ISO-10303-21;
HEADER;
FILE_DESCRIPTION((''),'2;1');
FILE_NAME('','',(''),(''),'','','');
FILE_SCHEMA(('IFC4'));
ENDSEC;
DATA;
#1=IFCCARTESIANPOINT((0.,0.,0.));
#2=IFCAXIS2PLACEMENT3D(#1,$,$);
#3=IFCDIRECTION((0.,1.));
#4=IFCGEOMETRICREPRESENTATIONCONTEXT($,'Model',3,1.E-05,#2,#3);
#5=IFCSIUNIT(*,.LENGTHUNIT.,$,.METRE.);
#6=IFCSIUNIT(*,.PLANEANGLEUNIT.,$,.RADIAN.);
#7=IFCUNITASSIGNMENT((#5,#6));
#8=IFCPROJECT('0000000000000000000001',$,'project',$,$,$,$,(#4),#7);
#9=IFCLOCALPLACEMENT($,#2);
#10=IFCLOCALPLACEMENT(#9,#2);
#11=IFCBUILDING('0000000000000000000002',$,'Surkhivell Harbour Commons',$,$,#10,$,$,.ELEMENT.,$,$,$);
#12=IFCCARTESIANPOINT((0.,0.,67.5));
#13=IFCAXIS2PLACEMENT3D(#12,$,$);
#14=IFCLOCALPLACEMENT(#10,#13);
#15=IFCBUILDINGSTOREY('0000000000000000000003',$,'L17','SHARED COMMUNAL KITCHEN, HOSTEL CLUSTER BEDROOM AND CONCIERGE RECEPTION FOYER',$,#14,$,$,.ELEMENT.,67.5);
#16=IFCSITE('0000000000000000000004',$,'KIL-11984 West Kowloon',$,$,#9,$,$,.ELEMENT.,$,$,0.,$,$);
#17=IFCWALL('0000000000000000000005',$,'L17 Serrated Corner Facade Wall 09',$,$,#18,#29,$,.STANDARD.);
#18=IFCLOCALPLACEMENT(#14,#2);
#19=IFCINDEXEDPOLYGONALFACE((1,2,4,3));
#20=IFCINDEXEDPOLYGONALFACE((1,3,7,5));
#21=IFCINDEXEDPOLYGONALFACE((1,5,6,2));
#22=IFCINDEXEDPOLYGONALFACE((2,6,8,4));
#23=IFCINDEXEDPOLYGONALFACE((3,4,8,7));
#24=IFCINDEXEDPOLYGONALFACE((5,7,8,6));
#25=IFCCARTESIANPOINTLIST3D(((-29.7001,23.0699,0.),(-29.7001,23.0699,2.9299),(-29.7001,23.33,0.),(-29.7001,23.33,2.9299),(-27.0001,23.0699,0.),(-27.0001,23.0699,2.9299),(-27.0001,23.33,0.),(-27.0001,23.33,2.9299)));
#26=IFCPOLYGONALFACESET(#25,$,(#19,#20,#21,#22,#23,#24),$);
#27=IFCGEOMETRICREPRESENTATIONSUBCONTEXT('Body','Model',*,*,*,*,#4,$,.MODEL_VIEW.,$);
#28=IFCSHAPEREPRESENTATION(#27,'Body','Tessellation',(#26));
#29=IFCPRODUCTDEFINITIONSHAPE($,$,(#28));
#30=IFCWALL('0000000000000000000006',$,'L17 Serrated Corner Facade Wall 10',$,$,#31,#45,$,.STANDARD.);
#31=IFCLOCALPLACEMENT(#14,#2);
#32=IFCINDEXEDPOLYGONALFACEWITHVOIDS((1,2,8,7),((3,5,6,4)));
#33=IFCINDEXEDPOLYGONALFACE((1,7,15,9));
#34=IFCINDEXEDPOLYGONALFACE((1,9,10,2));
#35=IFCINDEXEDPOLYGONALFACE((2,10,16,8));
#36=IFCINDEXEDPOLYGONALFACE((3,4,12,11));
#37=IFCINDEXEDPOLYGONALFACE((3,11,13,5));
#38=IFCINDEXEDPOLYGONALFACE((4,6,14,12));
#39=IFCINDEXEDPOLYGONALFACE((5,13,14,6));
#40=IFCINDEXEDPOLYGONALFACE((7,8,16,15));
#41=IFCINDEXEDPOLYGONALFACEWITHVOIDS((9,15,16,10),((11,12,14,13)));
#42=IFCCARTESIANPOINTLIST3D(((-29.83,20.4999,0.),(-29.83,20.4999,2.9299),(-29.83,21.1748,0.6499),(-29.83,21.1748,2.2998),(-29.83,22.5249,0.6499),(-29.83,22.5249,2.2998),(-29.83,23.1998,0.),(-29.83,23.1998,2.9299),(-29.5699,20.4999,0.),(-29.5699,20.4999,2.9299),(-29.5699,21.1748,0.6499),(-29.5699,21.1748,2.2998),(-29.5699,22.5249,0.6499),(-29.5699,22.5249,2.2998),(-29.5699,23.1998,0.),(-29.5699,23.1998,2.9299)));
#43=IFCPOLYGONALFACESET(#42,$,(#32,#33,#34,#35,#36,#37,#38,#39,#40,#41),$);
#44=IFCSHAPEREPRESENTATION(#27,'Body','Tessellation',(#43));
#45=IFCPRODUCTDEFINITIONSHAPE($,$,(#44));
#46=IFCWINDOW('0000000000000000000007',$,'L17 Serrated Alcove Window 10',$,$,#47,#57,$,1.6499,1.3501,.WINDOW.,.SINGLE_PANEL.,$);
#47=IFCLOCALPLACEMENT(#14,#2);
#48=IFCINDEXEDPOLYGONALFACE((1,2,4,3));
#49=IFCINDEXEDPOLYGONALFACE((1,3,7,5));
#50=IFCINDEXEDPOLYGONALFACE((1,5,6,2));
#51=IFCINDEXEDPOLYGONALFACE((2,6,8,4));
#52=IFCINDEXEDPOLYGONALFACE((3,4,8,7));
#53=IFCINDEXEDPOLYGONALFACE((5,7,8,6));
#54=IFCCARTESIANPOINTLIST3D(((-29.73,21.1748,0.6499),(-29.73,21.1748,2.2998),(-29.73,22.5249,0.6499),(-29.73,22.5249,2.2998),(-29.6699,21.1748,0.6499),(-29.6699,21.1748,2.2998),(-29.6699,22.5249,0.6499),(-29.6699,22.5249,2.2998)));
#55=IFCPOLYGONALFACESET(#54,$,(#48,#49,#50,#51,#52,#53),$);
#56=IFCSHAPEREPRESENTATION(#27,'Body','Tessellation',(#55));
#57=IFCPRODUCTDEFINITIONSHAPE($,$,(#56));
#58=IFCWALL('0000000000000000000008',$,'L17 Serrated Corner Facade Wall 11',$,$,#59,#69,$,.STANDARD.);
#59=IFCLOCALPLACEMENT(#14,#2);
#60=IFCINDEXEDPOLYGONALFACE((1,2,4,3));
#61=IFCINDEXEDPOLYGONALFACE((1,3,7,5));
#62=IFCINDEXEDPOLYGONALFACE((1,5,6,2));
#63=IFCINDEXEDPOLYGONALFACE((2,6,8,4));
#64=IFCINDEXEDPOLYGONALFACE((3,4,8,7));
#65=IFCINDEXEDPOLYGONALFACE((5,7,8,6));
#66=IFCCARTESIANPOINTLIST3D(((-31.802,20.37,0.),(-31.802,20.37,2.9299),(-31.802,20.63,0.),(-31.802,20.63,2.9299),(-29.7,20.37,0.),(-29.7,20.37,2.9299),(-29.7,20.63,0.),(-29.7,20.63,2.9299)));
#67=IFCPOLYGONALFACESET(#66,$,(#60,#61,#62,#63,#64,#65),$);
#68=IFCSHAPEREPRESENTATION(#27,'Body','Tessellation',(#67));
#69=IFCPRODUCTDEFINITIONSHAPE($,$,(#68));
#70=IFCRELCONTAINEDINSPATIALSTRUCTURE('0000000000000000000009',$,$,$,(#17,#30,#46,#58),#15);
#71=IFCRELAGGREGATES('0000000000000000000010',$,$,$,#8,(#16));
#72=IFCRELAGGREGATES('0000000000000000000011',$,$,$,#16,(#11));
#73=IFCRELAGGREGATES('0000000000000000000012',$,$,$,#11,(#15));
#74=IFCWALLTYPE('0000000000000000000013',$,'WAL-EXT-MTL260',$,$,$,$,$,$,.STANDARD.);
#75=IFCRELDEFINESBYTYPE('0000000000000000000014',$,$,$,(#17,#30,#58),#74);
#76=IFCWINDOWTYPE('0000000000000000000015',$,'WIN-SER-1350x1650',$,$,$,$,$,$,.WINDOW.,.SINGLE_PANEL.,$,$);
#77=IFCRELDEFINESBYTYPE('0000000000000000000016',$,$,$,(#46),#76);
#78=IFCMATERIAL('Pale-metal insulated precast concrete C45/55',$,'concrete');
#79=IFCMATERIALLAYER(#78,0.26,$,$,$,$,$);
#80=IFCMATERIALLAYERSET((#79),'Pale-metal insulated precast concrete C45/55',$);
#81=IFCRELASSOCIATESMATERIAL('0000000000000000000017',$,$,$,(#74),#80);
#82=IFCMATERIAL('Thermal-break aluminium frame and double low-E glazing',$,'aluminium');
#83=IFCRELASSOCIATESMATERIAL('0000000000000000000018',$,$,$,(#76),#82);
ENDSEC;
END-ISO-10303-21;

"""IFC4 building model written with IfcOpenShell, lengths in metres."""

from ifc_helpers import new_model, si_unit, direction, frame, frame_2d, origin, place, context, subcontext, project, spatial, rectangle, extrude, material, layer, layer_set, type_object, element, fill, save


model = new_model("IFC4")

# Units and contexts
model_context = context("Model", 3, precision=1e-05, world=origin(), true_north=direction((0.0, 1.0)))
body_context = subcontext(model_context, "Body", "Model", "MODEL_VIEW")
ifc_project = project(units=[si_unit("LENGTHUNIT", "METRE"), si_unit("PLANEANGLEUNIT", "RADIAN")], contexts=[model_context])

# Site, building, storey
site_placement = place(None, origin())
site = spatial("IfcSite", under=ifc_project, at=site_placement, Name="KIL-11984 West Kowloon", CompositionType="ELEMENT", RefElevation=0.0)
building_placement = place(site_placement, origin())
building = spatial("IfcBuilding", under=site, at=building_placement, Name="Surkhivell Harbour Commons", CompositionType="ELEMENT")
storey_placement = place(building_placement, frame((0.0, 0.0, 67.5)))
storey = spatial("IfcBuildingStorey", under=building, at=storey_placement, Name="L17", Description="SHARED COMMUNAL KITCHEN, HOSTEL CLUSTER BEDROOM AND CONCIERGE RECEPTION FOYER", CompositionType="ELEMENT", Elevation=67.5)

# Wall
ifc_material_1 = material(Name="Pale-metal insulated precast concrete C45/55", Category="concrete")
ifc_layer_1 = layer(ifc_material_1, 0.26)
ifc_layer_set_1 = layer_set([ifc_layer_1], Name="Pale-metal insulated precast concrete C45/55")
wall_type = type_object("IfcWallType", Name="WAL-EXT-MTL260", PredefinedType="STANDARD", material=ifc_layer_set_1)
wall_1_placement = place(storey_placement, frame((-27.0, 23.2, 0.0), z_axis=(0.0, 0.0, 1.0), x_axis=(-1.0, 0.0, 0.0)))
element("IfcWall", 1, at=wall_1_placement, inside=storey, type_object=wall_type, Name="L17 Serrated Corner Facade Wall 09", PredefinedType="STANDARD", context=body_context, shape_type="SweptSolid", body=[
    extrude(rectangle(XDim=2.7, YDim=0.26, at=frame_2d((1.3501, 0.0))), origin(), (0.0, 0.0, 1.0), 2.9299),
])

# Wall, opening, window
wall_2_placement = place(storey_placement, frame((-29.7, 23.2, 0.0), z_axis=(0.0, 0.0, 1.0), x_axis=(0.0, -1.0, 0.0)))
wall_2 = element("IfcWall", 2, at=wall_2_placement, inside=storey, type_object=wall_type, Name="L17 Serrated Corner Facade Wall 10", PredefinedType="STANDARD", context=body_context, shape_type="SweptSolid", body=[
    extrude(rectangle(XDim=2.7, YDim=0.26, at=frame_2d((1.3501, 0.0))), origin(), (0.0, 0.0, 1.0), 2.9299),
])
opening_placement = place(wall_2_placement, frame((0.675, 0.0, 0.6499)))
opening = element("IfcOpeningElement", 3, at=opening_placement, cuts=wall_2, PredefinedType="OPENING", context=body_context, shape_type="SweptSolid", body=[
    extrude(rectangle(XDim=1.3501, YDim=1.6499, at=frame_2d((0.675, 0.825))), frame((0.0, 0.1399, 0.0), z_axis=(0.0, -1.0, 0.0), x_axis=(1.0, 0.0, 0.0)), (0.0, 0.0, 1.0), 0.28),
])
ifc_material_2 = material(Name="Thermal-break aluminium frame and double low-E glazing", Category="aluminium")
window_type = type_object("IfcWindowType", Name="WIN-SER-1350x1650", PartitioningType="SINGLE_PANEL", PredefinedType="WINDOW", material=ifc_material_2)
window_placement = place(opening_placement, origin())
window = element("IfcWindow", 4, at=window_placement, inside=storey, type_object=window_type, Name="L17 Serrated Alcove Window 10", OverallHeight=1.6499, OverallWidth=1.3501, PartitioningType="SINGLE_PANEL", PredefinedType="WINDOW", context=body_context, shape_type="SweptSolid", body=[
    extrude(rectangle(XDim=1.3501, YDim=1.6499, at=frame_2d((0.675, 0.825))), frame((0.0, 0.03, 0.0), z_axis=(0.0, -1.0, 0.0), x_axis=(1.0, 0.0, 0.0)), (0.0, 0.0, 1.0), 0.0601),
])
fill(opening, window)

# Wall
wall_3_placement = place(storey_placement, frame((-29.7, 20.5, 0.0), z_axis=(0.0, 0.0, 1.0), x_axis=(-1.0, 0.0, 0.0)))
element("IfcWall", 5, at=wall_3_placement, inside=storey, type_object=wall_type, Name="L17 Serrated Corner Facade Wall 11", PredefinedType="STANDARD", context=body_context, shape_type="SweptSolid", body=[
    extrude(rectangle(XDim=2.1021, YDim=0.26, at=frame_2d((1.051, 0.0))), origin(), (0.0, 0.0, 1.0), 2.9299),
])

save(model, "model.ifc")
